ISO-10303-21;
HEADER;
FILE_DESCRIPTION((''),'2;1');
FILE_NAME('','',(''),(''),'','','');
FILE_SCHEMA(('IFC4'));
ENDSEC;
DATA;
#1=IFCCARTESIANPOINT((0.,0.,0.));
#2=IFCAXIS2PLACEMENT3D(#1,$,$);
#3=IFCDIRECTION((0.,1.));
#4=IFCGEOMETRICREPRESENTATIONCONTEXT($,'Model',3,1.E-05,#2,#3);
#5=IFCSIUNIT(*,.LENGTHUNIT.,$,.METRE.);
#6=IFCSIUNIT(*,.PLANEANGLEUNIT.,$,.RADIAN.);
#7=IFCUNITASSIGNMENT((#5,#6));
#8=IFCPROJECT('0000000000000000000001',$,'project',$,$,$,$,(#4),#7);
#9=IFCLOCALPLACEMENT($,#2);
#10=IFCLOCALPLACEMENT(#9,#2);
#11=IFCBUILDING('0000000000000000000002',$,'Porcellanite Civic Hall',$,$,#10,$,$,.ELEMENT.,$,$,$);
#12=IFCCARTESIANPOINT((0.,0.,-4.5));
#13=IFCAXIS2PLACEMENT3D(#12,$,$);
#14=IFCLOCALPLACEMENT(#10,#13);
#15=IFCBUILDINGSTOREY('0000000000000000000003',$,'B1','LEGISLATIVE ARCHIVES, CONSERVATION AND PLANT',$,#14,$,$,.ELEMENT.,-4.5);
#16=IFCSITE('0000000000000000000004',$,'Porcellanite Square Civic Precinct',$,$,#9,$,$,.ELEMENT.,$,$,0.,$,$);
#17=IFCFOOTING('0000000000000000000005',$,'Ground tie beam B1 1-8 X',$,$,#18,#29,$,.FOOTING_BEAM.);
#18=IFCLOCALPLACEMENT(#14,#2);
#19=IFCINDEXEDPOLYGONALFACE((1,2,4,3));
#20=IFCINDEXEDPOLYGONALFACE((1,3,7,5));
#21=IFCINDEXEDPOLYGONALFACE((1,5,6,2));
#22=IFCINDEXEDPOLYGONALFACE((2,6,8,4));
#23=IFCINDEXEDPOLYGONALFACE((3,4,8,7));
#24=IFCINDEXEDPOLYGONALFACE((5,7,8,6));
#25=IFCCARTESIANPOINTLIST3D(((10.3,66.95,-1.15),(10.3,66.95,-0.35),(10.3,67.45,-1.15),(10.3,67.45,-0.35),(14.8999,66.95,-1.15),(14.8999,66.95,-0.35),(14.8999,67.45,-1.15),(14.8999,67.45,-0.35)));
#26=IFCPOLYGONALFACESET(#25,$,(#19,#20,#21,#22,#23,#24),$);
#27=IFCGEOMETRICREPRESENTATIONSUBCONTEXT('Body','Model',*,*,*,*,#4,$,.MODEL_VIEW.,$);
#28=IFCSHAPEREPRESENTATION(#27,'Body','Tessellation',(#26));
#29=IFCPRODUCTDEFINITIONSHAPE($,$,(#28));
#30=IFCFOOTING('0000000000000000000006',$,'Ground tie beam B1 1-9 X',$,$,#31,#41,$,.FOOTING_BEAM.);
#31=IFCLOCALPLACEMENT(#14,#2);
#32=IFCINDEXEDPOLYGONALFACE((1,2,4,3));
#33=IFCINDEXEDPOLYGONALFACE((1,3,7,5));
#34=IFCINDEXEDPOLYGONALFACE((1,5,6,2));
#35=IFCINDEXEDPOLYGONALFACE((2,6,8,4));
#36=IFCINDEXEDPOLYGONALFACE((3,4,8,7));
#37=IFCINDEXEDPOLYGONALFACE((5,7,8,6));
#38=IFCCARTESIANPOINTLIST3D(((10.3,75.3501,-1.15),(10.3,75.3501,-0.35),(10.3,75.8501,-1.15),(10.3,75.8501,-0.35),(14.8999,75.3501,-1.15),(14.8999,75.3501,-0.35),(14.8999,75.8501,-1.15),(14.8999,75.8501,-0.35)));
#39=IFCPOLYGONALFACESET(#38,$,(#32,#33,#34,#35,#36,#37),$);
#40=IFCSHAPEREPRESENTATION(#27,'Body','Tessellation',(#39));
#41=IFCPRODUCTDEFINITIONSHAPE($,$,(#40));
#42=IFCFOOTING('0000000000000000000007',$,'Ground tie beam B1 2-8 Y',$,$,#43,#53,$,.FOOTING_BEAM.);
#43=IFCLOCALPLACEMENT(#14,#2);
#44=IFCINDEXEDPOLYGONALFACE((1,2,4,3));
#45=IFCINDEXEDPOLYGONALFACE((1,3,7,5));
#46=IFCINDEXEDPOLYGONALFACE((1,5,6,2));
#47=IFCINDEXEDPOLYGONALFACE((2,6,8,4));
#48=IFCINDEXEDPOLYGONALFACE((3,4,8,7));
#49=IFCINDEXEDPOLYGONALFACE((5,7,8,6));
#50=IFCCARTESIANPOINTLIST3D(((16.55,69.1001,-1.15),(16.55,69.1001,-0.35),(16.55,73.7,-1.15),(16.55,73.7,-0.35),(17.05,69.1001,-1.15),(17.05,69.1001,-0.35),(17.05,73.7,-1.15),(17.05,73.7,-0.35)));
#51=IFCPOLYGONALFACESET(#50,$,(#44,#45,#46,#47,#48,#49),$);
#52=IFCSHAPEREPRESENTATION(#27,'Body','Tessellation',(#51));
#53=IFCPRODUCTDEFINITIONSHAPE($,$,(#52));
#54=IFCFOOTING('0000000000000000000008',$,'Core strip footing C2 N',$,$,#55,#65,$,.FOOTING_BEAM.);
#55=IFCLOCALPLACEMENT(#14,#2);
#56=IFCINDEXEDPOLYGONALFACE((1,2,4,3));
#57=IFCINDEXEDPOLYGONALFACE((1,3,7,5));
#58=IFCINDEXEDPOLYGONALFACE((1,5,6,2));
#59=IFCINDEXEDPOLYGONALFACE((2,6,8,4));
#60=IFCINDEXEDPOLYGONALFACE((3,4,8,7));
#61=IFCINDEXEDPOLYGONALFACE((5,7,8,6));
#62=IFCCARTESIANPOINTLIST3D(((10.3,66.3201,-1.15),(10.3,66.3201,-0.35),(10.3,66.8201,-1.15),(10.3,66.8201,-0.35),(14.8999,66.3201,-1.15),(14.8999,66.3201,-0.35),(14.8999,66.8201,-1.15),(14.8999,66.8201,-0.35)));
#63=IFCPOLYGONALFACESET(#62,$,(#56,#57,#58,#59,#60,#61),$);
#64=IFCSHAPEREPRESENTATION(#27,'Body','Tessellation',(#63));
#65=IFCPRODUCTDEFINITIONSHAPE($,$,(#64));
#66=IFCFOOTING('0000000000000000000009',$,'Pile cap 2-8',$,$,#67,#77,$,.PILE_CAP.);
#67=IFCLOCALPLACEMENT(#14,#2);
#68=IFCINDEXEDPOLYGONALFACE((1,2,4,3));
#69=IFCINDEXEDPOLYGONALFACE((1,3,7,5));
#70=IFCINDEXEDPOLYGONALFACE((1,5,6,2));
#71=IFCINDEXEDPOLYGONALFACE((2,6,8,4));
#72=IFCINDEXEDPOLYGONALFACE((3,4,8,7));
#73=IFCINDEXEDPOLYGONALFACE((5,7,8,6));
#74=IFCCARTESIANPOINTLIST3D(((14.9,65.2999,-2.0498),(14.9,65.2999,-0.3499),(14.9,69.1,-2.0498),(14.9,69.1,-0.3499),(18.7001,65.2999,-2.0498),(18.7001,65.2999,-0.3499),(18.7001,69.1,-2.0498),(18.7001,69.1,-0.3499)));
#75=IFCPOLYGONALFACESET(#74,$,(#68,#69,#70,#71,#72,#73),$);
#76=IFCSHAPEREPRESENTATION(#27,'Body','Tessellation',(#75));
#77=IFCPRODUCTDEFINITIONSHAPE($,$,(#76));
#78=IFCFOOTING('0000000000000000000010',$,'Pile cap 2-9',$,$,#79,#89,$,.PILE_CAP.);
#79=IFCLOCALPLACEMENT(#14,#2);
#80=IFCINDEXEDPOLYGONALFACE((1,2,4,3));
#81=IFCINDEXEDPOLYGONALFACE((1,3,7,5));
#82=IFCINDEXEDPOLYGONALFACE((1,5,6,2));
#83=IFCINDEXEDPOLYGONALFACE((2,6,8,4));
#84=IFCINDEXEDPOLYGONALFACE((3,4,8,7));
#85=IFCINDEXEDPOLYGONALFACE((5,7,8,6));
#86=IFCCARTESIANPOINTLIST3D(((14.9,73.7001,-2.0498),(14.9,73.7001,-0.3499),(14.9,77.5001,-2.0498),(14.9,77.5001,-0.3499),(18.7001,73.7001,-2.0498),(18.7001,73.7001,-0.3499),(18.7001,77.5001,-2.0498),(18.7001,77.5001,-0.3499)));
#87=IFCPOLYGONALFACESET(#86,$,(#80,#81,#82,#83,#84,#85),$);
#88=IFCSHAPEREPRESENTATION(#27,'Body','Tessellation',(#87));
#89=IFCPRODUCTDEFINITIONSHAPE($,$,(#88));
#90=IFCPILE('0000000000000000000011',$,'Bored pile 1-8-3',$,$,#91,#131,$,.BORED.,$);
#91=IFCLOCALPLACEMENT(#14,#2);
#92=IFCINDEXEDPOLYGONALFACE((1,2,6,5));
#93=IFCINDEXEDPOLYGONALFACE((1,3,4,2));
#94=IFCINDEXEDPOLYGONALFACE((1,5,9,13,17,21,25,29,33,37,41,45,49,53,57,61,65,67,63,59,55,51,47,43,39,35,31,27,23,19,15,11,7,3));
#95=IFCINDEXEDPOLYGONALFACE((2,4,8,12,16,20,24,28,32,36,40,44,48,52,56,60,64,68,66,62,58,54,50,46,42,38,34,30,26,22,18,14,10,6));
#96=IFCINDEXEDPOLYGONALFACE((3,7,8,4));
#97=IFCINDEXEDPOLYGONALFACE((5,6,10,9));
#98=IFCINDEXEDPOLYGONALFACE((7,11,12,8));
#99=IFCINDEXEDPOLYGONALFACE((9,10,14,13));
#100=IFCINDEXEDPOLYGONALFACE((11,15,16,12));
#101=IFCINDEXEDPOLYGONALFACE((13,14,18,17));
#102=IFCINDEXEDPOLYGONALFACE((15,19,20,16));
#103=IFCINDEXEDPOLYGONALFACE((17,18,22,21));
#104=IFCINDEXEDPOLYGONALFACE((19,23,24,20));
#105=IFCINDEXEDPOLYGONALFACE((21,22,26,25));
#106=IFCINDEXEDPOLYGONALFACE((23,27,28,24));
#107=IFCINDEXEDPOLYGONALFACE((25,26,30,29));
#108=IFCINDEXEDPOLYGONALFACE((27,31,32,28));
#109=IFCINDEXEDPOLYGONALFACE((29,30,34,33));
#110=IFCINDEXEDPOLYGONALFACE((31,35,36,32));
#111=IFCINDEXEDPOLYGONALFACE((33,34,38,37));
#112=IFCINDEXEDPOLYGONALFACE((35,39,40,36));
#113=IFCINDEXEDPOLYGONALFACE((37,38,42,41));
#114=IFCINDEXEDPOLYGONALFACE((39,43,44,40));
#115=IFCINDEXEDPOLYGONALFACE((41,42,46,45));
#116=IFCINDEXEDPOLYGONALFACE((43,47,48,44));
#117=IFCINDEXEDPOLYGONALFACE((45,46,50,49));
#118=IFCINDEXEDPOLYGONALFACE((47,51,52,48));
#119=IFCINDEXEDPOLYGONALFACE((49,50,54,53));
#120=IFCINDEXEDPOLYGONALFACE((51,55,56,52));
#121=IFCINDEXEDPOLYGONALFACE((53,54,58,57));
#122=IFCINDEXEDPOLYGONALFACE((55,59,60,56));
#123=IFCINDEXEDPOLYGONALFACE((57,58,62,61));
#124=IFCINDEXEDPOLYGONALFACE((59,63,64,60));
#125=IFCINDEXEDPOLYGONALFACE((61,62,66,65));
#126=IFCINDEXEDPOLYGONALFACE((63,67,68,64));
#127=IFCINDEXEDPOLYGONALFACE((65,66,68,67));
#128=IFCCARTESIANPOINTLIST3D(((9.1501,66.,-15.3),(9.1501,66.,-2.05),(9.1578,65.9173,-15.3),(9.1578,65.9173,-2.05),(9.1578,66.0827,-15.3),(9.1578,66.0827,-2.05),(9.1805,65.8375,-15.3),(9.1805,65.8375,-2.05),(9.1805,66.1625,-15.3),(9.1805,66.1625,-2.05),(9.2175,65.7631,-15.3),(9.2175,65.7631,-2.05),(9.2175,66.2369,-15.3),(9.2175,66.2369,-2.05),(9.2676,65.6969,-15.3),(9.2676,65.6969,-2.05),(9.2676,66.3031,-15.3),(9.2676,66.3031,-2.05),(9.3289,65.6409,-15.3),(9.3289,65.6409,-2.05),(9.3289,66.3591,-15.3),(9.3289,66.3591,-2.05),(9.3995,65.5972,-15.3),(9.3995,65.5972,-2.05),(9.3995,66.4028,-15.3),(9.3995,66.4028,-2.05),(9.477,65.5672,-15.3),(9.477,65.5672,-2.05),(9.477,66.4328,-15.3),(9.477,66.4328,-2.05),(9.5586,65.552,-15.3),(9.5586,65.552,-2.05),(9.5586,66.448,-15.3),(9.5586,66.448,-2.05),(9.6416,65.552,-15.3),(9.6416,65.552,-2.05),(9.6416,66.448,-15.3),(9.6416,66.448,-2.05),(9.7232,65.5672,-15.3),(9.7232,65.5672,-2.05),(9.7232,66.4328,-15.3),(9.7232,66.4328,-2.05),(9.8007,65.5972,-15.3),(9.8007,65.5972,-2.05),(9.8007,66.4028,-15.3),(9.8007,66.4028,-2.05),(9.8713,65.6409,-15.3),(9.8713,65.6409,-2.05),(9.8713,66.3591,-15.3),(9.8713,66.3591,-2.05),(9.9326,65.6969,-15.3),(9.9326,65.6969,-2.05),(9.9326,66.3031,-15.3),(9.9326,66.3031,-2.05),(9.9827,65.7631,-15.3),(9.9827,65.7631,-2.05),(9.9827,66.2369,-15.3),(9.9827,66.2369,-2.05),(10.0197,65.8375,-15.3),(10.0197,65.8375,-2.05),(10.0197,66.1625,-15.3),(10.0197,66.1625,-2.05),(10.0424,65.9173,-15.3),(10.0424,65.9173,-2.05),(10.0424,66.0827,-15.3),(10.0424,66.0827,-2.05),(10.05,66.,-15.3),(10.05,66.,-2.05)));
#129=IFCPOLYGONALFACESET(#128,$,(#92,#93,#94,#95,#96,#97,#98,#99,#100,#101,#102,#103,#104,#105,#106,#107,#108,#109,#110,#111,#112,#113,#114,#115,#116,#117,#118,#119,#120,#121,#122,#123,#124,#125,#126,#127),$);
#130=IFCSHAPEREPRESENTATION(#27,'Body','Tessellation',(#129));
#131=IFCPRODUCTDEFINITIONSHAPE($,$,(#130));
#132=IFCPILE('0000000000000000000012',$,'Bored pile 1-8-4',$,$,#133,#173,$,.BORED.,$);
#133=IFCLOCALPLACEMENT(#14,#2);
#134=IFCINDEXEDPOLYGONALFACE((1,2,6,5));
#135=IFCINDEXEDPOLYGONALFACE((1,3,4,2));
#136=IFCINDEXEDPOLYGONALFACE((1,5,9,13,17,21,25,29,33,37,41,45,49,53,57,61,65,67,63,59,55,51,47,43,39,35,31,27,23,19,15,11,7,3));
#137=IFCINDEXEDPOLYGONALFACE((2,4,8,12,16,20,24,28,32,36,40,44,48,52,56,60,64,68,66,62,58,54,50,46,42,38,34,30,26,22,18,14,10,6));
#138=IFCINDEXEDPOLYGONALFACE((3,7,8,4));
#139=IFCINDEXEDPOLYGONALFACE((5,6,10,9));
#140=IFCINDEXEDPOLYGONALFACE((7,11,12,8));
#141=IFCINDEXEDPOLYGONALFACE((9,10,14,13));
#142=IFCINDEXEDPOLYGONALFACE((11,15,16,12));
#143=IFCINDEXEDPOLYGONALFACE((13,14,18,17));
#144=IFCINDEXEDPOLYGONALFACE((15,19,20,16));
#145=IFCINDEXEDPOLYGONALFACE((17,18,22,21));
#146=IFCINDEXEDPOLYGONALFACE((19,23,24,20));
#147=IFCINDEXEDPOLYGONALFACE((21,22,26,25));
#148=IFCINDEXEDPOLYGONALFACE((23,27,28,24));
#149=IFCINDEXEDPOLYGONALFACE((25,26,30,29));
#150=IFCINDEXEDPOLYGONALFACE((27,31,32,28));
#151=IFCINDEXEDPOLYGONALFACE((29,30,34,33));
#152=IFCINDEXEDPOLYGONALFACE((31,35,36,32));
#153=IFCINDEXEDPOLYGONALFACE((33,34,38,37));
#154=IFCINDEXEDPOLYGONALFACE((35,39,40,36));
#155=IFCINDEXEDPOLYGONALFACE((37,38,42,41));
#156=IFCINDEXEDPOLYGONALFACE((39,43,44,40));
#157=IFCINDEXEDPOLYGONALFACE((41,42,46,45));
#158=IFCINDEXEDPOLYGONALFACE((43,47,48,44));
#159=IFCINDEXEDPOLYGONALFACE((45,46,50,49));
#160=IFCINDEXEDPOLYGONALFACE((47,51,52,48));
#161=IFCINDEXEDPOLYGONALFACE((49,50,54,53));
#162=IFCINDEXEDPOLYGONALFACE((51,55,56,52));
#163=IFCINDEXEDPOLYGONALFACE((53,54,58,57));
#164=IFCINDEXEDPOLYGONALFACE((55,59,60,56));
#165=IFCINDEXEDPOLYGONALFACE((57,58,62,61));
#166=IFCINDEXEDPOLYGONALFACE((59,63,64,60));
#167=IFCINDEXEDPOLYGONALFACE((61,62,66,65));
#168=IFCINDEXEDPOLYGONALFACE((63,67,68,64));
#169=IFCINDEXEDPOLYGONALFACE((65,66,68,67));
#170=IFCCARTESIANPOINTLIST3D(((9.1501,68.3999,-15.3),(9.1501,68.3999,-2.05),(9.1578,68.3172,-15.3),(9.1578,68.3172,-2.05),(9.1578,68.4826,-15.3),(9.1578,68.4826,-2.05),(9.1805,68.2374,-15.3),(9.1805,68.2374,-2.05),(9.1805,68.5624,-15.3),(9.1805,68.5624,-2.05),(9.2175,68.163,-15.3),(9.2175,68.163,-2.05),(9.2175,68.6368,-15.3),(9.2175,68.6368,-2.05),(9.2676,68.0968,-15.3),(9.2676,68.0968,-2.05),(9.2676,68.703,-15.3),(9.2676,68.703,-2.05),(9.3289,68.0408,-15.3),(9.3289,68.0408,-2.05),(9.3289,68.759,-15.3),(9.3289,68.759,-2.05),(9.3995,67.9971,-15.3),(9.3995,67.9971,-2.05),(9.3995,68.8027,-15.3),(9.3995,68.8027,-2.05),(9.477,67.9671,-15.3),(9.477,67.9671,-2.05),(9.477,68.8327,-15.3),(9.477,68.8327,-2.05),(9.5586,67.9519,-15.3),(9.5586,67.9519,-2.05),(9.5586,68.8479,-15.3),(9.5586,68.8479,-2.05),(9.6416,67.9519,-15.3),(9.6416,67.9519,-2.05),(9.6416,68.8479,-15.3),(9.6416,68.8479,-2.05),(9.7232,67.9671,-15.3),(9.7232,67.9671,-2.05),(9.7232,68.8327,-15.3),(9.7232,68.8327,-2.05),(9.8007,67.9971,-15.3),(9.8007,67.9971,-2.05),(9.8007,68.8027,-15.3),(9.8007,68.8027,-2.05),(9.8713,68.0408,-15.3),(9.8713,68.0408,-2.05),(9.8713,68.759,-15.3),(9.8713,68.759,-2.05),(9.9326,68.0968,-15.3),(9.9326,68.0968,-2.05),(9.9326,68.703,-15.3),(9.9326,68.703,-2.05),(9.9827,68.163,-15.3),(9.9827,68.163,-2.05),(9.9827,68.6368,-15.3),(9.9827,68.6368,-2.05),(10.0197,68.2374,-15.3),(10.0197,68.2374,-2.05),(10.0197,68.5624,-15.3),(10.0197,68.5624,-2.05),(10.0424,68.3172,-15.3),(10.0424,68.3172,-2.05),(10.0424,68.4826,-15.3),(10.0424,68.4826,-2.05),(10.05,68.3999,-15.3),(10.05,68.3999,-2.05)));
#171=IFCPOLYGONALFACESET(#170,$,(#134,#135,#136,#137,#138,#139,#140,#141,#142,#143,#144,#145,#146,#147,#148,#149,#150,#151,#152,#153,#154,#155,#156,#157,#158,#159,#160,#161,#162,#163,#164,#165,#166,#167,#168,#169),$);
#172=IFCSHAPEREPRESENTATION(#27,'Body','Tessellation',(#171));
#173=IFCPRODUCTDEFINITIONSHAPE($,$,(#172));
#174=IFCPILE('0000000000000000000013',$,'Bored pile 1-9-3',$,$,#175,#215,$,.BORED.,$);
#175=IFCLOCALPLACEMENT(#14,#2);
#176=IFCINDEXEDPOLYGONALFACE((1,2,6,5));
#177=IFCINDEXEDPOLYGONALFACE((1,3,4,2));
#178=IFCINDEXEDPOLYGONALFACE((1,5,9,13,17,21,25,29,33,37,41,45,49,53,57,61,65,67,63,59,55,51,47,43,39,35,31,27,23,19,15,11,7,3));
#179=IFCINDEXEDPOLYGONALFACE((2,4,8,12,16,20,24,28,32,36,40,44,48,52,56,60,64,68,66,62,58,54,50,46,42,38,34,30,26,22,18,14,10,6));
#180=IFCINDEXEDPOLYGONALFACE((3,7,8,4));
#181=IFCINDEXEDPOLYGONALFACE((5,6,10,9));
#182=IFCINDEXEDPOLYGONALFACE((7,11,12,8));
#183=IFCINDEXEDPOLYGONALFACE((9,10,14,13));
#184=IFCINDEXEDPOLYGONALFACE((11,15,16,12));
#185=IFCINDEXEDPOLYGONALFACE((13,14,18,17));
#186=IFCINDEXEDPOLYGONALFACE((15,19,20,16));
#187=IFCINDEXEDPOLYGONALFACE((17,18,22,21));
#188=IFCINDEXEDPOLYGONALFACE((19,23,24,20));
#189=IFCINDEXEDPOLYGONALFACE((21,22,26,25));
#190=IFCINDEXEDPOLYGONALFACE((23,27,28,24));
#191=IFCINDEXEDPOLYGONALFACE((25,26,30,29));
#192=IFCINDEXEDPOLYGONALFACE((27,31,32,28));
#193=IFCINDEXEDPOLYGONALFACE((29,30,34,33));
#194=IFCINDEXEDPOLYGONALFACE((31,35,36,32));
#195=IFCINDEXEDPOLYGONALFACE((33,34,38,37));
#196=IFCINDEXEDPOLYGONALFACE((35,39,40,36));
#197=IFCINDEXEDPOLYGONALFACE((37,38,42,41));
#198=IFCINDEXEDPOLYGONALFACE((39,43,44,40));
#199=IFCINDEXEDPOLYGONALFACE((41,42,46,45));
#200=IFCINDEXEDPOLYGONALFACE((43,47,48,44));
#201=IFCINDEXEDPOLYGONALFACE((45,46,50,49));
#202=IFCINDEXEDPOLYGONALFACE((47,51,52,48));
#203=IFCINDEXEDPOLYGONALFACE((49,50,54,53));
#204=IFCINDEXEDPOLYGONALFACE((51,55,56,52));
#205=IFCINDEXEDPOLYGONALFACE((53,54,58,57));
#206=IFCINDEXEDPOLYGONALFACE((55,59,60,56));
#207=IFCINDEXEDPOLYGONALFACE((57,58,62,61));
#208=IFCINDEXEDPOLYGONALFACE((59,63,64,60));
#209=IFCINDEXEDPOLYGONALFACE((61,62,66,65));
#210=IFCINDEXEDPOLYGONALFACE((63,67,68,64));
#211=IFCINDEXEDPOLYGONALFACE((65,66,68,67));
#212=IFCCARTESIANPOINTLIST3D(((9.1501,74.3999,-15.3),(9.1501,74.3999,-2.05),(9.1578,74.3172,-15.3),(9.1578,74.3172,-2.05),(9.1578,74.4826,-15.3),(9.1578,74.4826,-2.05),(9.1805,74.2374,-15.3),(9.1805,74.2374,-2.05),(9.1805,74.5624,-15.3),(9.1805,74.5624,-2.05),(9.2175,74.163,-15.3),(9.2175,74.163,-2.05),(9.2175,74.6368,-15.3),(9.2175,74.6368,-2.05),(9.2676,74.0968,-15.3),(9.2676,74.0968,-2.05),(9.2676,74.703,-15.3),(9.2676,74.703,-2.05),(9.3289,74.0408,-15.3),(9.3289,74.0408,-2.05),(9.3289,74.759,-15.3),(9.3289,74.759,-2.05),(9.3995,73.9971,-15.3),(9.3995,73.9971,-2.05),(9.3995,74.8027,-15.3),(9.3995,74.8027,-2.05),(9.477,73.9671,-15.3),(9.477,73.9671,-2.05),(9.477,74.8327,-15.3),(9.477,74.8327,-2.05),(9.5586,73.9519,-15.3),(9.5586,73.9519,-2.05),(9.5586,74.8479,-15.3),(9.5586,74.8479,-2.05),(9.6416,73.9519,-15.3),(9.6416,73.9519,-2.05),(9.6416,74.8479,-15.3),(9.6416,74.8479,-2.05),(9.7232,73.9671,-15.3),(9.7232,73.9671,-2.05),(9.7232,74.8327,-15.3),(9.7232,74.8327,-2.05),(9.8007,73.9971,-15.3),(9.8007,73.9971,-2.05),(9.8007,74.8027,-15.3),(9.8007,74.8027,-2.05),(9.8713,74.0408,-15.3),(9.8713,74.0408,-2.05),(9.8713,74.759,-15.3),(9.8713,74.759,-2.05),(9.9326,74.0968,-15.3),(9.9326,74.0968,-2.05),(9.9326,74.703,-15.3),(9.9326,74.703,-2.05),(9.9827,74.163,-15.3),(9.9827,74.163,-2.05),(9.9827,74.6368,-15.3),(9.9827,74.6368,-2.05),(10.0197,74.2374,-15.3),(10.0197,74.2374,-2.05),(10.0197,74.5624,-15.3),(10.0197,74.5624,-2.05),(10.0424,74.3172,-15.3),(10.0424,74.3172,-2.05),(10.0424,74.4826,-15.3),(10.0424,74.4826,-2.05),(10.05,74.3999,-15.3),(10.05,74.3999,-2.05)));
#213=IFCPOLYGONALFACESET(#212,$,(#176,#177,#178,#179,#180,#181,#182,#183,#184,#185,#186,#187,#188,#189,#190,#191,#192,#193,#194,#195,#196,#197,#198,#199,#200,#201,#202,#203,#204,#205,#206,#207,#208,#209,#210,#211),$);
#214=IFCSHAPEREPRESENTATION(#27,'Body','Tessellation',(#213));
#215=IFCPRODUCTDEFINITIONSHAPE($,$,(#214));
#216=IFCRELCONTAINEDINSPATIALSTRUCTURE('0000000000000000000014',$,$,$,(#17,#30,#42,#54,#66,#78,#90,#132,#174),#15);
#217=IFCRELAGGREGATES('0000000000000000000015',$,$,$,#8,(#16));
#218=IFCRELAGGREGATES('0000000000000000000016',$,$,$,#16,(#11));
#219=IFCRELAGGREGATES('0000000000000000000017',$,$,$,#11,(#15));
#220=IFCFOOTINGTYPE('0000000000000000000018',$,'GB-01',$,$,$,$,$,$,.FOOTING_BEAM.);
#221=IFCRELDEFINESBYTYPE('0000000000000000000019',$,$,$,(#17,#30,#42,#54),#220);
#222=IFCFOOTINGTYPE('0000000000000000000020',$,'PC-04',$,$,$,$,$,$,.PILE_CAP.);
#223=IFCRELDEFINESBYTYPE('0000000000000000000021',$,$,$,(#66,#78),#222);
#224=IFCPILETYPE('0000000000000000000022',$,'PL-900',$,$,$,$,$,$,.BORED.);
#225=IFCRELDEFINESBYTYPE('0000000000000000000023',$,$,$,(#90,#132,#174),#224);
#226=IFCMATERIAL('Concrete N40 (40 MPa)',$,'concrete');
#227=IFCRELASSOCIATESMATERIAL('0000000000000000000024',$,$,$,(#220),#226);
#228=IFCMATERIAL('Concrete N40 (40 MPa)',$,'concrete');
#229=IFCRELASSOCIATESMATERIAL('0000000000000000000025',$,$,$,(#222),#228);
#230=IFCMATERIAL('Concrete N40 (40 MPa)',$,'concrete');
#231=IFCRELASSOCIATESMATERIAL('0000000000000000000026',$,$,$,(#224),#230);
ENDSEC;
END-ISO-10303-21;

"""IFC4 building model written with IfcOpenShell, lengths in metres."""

from ifc_helpers import new_model, si_unit, direction, frame, origin, origin_2d, place, context, subcontext, project, spatial, rectangle, circle, extrude, material, material_profile, profile_set, type_object, element, save


model = new_model("IFC4")

# Units and contexts
model_context = context("Model", 3, precision=1e-05, world=origin(), true_north=direction((0.0, 1.0)))
body_context = subcontext(model_context, "Body", "Model", "MODEL_VIEW")
ifc_project = project(units=[si_unit("LENGTHUNIT", "METRE"), si_unit("PLANEANGLEUNIT", "RADIAN")], contexts=[model_context])

# Site, building, storey
site_placement = place(None, origin())
site = spatial("IfcSite", under=ifc_project, at=site_placement, Name="Porcellanite Square Civic Precinct", CompositionType="ELEMENT", RefElevation=0.0)
building_placement = place(site_placement, origin())
building = spatial("IfcBuilding", under=site, at=building_placement, Name="Porcellanite Civic Hall", CompositionType="ELEMENT")
storey_placement = place(building_placement, frame((0.0, 0.0, -4.5)))
storey = spatial("IfcBuildingStorey", under=building, at=storey_placement, Name="B1", Description="LEGISLATIVE ARCHIVES, CONSERVATION AND PLANT", CompositionType="ELEMENT", Elevation=-4.5)

# Footings
ifc_material_1 = material(Name="Concrete N40 (40 MPa)", Category="concrete")
ifc_material_profile_1 = material_profile(ifc_material_1, rectangle(XDim=0.5, YDim=0.8, at=origin_2d()), Name="RC-500x800")
ifc_profile_set_1 = profile_set([ifc_material_profile_1], Name="Concrete N40 (40 MPa)")
footing_type_1 = type_object("IfcFootingType", Name="GB-01", PredefinedType="FOOTING_BEAM", material=ifc_profile_set_1)
for number, where, z_axis, x_axis, name in (
    (1, (10.3, 67.2, -0.75), (1.0, 0.0, 0.0), (0.0, 1.0, 0.0), "Ground tie beam B1 1-8 X"),
    (2, (10.3, 75.6001, -0.75), (1.0, 0.0, 0.0), (0.0, 1.0, 0.0), "Ground tie beam B1 1-9 X"),
    (3, (16.8, 69.1001, -0.75), (0.0, 1.0, 0.0), (-1.0, 0.0, 0.0), "Ground tie beam B1 2-8 Y"),
    (4, (10.3, 66.5701, -0.75), (1.0, 0.0, 0.0), (0.0, 1.0, 0.0), "Core strip footing C2 N"),
):
    element("IfcFooting", number, at=place(storey_placement, frame(where, z_axis=z_axis, x_axis=x_axis)), inside=storey, type_object=footing_type_1, Name=name, PredefinedType="FOOTING_BEAM", context=body_context, shape_type="SweptSolid", body=[
        extrude(rectangle(XDim=0.5, YDim=0.8, at=origin_2d()), origin(), (0.0, 0.0, 1.0), 4.5999),
    ])
ifc_material_2 = material(Name="Concrete N40 (40 MPa)", Category="concrete")
footing_type_2 = type_object("IfcFootingType", Name="PC-04", PredefinedType="PILE_CAP", material=ifc_material_2)
for number, where, z_axis, x_axis, name in (
    (5, (16.8, 67.2, -2.0498), (0.0, 0.0, 1.0), (1.0, 0.0, 0.0), "Pile cap 2-8"),
    (6, (16.8, 75.6001, -2.0498), (0.0, 0.0, 1.0), (1.0, 0.0, 0.0), "Pile cap 2-9"),
):
    element("IfcFooting", number, at=place(storey_placement, frame(where, z_axis=z_axis, x_axis=x_axis)), inside=storey, type_object=footing_type_2, Name=name, PredefinedType="PILE_CAP", context=body_context, shape_type="SweptSolid", body=[
        extrude(rectangle(XDim=3.8, YDim=3.8, at=origin_2d()), origin(), (0.0, 0.0, 1.0), 1.7),
    ])

# Piles
ifc_material_3 = material(Name="Concrete N40 (40 MPa)", Category="concrete")
ifc_material_profile_2 = material_profile(ifc_material_3, circle(Radius=0.45, at=origin_2d()), Name="PILE-D900")
ifc_profile_set_2 = profile_set([ifc_material_profile_2], Name="Concrete N40 (40 MPa)")
pile_type = type_object("IfcPileType", Name="PL-900", PredefinedType="BORED", material=ifc_profile_set_2)
for number, where, z_axis, x_axis, name in (
    (7, (9.6001, 66.0, -2.05), (0.0, 0.0, -1.0), (1.0, 0.0, 0.0), "Bored pile 1-8-3"),
    (8, (9.6001, 68.3999, -2.05), (0.0, 0.0, -1.0), (1.0, 0.0, 0.0), "Bored pile 1-8-4"),
    (9, (9.6001, 74.3999, -2.05), (0.0, 0.0, -1.0), (1.0, 0.0, 0.0), "Bored pile 1-9-3"),
):
    element("IfcPile", number, at=place(storey_placement, frame(where, z_axis=z_axis, x_axis=x_axis)), inside=storey, type_object=pile_type, Name=name, PredefinedType="BORED", context=body_context, shape_type="SweptSolid", body=[
        extrude(circle(Radius=0.45, at=origin_2d()), origin(), (0.0, 0.0, 1.0), 13.25),
    ])

save(model, "model.ifc")
